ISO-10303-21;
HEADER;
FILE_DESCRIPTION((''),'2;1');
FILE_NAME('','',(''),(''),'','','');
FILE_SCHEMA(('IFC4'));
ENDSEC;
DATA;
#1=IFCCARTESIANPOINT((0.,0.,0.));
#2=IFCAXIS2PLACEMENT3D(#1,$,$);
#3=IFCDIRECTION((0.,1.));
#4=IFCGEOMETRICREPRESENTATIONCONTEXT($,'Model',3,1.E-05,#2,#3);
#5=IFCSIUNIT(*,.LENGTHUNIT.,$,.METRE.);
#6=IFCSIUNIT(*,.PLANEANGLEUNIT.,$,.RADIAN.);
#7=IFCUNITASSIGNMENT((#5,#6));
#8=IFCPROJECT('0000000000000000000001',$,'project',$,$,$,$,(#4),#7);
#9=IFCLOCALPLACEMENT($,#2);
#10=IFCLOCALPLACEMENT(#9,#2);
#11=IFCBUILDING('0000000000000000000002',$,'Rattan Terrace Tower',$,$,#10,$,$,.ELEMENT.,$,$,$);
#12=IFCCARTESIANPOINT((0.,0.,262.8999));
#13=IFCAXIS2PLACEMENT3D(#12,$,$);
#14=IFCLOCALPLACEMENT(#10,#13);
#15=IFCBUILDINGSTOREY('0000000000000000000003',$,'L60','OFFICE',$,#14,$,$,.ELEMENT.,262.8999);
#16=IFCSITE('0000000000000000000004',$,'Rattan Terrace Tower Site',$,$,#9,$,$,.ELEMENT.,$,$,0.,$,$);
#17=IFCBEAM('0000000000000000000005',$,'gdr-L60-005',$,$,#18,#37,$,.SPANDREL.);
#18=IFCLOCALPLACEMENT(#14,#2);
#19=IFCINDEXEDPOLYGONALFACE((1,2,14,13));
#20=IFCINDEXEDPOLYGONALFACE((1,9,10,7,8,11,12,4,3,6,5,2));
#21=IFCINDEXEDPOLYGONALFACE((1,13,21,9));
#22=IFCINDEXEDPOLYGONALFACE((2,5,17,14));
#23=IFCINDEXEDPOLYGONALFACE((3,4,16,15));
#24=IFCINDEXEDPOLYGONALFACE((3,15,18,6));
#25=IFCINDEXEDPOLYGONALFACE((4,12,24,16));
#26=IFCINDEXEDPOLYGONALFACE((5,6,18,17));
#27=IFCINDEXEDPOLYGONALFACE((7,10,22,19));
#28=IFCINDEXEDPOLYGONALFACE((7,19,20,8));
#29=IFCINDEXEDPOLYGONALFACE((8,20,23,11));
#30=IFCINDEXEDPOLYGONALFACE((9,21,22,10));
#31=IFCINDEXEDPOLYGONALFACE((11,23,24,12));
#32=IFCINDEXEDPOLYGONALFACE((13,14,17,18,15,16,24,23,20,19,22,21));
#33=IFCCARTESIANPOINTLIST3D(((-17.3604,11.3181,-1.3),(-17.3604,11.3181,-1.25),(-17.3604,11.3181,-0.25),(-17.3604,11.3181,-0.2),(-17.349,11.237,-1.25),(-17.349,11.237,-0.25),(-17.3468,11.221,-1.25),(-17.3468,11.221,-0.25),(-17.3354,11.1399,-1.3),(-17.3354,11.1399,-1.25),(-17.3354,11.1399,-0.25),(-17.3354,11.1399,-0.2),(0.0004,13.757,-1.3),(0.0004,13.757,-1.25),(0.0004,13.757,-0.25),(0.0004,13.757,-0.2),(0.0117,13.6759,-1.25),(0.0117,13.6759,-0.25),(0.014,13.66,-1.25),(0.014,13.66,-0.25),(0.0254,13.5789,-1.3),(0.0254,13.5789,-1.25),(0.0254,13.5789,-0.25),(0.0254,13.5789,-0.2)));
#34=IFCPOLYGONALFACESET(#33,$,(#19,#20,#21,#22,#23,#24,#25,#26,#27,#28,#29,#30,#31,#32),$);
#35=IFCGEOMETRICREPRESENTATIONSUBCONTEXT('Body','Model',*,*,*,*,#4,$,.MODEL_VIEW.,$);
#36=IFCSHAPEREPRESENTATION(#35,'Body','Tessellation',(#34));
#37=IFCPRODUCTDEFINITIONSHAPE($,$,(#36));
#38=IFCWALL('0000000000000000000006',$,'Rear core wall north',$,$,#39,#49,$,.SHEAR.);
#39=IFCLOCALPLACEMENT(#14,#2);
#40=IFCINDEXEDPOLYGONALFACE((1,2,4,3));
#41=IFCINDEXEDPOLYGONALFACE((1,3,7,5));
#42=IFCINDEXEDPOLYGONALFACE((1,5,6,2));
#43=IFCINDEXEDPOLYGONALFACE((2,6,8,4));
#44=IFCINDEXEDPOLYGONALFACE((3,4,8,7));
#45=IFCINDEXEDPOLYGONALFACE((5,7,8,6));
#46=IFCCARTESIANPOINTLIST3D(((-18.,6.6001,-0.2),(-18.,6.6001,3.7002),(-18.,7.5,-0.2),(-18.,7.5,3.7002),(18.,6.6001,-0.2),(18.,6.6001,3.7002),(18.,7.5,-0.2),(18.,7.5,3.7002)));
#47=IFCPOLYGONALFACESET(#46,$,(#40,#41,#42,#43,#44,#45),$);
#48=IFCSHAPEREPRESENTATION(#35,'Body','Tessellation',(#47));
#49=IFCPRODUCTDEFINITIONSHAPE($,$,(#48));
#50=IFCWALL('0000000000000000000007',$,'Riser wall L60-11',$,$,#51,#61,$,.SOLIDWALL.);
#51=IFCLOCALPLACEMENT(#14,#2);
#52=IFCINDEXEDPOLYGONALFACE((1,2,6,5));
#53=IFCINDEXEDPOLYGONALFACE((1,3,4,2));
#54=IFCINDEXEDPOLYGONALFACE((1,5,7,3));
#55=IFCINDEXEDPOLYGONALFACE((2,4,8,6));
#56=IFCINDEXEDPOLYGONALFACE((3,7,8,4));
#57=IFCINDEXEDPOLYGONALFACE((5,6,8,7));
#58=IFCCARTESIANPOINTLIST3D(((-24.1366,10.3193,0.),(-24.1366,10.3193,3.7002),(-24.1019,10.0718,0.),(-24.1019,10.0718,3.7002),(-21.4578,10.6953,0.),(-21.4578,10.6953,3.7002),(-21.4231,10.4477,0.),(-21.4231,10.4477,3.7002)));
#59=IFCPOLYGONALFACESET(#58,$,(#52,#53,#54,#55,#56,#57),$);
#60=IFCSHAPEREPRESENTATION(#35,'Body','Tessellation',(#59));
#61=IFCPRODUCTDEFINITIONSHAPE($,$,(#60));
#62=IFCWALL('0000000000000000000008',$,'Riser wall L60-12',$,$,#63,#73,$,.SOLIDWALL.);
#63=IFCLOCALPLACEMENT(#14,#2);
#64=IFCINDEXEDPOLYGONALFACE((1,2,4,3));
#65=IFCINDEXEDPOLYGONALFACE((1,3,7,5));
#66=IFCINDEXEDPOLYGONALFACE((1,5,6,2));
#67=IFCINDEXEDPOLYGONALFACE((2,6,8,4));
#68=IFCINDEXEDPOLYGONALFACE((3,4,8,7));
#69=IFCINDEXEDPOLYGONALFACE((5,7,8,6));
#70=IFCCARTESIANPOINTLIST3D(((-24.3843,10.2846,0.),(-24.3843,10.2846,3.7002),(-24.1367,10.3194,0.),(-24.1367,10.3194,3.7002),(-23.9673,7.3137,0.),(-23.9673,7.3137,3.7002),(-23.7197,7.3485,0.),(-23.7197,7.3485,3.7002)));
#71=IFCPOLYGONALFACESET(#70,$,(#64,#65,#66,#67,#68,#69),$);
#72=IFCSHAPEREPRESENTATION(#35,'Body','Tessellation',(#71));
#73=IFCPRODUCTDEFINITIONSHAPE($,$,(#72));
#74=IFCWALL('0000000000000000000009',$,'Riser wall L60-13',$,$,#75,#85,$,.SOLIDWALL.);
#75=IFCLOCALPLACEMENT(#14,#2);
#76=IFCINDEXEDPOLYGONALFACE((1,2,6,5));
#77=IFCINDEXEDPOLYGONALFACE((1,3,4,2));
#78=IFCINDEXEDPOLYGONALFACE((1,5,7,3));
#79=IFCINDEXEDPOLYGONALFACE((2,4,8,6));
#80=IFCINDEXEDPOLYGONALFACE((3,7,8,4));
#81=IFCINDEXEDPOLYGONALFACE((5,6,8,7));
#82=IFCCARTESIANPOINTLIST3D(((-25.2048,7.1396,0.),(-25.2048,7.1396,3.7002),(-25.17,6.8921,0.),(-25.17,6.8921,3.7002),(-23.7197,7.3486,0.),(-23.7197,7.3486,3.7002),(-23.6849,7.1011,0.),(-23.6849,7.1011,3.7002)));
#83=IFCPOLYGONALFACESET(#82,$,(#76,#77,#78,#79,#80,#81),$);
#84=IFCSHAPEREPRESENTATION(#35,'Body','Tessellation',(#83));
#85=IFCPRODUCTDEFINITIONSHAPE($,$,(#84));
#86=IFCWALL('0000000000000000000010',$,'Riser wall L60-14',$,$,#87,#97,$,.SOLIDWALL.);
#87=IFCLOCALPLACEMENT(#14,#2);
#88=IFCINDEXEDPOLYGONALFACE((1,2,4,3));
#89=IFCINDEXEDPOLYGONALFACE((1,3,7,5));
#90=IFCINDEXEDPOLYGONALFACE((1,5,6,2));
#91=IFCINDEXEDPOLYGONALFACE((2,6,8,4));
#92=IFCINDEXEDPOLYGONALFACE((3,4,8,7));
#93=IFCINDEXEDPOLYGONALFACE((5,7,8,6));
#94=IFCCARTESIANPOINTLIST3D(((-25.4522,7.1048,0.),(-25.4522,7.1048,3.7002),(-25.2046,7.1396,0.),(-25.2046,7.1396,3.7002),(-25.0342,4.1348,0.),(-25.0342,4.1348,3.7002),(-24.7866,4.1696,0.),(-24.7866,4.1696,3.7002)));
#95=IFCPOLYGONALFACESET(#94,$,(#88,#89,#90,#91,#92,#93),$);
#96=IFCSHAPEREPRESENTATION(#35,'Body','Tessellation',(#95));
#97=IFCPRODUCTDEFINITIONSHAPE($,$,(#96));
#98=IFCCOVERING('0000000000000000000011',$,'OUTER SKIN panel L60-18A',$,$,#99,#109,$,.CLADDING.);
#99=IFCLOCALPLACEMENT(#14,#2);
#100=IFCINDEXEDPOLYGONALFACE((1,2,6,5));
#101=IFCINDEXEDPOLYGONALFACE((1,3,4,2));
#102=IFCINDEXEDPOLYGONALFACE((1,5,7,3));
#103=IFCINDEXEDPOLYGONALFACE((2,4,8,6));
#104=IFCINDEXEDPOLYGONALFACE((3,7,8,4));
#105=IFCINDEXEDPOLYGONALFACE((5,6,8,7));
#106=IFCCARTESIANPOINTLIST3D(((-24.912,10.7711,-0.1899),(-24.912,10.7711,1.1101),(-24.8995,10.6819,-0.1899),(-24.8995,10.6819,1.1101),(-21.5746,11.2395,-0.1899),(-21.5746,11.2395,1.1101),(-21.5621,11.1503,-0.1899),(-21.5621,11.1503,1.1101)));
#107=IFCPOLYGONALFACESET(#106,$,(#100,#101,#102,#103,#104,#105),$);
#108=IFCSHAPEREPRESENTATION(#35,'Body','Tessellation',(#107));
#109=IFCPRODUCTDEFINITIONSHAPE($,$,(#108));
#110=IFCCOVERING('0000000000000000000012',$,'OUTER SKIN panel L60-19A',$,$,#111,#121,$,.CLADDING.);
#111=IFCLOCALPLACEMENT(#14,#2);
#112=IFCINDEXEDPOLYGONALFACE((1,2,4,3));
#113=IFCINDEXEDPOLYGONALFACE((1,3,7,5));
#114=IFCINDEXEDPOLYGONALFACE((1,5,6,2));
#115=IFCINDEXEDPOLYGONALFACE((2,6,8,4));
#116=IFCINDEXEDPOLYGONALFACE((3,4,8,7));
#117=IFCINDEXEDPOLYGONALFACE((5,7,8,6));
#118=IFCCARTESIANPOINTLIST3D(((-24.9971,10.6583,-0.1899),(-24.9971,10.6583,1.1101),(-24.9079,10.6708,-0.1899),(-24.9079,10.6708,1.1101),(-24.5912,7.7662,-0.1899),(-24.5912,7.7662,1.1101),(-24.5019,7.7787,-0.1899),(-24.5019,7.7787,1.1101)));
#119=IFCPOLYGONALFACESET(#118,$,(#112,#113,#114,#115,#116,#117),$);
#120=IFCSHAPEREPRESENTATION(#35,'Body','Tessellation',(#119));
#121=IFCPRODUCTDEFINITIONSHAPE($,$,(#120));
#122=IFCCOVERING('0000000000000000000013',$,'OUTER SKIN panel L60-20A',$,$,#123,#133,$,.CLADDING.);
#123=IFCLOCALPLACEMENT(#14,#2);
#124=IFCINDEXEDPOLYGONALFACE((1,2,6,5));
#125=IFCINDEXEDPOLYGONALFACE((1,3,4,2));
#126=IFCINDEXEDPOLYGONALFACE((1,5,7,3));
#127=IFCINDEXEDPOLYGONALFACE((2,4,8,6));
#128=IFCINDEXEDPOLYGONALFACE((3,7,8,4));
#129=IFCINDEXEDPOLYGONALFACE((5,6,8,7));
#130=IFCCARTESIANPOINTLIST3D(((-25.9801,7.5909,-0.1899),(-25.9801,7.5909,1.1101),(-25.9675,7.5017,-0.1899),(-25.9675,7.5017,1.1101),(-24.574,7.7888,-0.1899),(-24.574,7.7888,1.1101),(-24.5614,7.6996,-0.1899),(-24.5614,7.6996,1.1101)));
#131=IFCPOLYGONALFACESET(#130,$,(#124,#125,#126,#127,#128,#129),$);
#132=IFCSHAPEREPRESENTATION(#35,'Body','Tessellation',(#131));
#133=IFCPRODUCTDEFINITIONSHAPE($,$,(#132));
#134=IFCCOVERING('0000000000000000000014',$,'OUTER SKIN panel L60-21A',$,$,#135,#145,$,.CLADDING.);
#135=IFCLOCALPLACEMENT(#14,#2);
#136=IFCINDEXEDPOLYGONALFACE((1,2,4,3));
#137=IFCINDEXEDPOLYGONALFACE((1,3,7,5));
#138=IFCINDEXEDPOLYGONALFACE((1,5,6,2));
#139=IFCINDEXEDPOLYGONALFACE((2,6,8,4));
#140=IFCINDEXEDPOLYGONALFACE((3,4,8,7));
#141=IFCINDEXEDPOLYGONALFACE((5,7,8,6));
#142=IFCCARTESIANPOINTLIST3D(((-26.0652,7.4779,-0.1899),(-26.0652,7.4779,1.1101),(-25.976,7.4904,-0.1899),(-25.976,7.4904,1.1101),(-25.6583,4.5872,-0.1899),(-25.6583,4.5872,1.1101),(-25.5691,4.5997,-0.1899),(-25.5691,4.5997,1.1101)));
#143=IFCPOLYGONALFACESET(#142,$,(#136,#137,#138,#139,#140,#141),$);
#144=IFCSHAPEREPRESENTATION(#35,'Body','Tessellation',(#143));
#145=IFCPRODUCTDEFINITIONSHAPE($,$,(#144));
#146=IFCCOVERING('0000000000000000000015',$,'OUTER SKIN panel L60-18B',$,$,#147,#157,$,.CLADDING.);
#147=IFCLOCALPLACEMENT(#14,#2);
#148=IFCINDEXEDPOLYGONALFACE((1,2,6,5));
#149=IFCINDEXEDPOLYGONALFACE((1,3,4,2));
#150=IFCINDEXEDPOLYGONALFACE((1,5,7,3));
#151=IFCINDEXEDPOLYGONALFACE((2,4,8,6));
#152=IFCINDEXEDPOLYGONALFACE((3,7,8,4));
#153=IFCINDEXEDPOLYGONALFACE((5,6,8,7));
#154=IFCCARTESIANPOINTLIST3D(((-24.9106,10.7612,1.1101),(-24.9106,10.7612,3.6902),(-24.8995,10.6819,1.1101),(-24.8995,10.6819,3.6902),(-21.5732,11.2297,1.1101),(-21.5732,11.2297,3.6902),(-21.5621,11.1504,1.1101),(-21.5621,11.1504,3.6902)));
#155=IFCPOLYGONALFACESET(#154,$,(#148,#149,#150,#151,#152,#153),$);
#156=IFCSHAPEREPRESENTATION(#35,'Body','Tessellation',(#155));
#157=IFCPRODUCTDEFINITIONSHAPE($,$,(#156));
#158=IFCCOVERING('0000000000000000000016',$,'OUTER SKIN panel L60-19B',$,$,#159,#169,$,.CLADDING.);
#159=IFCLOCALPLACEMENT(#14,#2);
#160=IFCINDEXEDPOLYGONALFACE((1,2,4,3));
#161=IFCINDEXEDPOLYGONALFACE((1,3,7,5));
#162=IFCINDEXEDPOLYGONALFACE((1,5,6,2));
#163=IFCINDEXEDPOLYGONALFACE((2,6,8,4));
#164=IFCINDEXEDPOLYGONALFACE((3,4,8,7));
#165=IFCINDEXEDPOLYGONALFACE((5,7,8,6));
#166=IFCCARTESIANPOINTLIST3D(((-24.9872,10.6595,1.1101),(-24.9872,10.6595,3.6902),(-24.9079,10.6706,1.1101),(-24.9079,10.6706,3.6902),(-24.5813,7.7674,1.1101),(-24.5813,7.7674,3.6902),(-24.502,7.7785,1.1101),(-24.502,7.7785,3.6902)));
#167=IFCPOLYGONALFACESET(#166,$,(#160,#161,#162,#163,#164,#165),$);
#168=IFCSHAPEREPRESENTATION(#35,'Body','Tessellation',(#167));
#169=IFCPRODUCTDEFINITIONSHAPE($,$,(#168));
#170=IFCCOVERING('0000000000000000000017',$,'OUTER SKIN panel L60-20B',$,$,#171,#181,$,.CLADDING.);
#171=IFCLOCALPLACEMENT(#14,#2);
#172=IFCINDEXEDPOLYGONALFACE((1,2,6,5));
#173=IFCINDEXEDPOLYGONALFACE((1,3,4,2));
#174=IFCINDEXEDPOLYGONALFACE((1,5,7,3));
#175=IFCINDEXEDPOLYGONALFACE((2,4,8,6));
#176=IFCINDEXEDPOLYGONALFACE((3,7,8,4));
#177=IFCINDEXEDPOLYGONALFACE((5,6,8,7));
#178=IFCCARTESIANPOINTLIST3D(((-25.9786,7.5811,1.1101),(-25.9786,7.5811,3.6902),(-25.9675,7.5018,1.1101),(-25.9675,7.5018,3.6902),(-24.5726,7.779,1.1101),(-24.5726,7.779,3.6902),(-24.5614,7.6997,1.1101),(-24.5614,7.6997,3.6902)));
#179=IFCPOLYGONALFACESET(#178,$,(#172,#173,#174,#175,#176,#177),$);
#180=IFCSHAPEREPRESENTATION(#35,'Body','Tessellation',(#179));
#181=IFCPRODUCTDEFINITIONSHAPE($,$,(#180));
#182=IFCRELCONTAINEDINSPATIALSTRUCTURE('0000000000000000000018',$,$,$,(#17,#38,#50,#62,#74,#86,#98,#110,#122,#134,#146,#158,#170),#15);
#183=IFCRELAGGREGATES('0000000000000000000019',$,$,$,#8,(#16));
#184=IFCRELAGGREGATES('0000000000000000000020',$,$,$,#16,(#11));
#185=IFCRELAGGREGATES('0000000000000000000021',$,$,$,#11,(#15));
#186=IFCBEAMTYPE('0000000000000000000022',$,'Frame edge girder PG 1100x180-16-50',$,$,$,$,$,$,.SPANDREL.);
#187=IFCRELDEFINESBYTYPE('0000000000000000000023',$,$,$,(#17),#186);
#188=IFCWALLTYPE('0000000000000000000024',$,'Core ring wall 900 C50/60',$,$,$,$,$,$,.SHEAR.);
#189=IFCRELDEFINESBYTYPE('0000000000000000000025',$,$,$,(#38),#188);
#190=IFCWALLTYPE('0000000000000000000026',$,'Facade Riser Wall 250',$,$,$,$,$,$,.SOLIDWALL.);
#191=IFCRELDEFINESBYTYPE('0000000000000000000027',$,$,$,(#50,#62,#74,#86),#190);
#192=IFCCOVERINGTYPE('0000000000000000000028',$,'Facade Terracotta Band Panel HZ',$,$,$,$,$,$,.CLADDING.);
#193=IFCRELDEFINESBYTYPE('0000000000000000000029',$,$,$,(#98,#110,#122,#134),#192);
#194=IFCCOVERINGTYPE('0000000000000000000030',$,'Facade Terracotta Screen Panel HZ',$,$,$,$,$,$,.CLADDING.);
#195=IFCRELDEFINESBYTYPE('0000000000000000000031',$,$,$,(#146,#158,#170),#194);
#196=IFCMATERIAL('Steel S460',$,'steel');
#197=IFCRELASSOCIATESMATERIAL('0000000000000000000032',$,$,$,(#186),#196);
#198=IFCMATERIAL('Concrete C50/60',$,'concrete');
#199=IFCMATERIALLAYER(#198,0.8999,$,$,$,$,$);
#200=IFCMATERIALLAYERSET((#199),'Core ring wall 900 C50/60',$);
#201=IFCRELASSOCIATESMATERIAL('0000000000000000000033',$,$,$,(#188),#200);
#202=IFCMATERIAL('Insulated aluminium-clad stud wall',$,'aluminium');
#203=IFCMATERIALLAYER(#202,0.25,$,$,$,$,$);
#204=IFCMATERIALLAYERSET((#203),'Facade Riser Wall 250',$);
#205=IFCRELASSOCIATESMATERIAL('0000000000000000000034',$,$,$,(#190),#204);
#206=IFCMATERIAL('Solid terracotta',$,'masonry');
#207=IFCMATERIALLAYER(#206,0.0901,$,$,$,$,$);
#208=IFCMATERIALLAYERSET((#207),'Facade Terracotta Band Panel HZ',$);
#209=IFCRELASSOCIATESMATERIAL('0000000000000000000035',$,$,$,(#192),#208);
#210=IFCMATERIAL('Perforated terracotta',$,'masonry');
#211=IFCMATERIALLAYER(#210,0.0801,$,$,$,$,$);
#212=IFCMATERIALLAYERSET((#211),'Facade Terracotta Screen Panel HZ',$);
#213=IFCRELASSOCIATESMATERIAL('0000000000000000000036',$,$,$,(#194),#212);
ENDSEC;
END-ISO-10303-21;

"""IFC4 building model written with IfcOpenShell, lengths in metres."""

from ifc_helpers import new_model, si_unit, direction, frame, frame_2d, origin, origin_2d, place, context, subcontext, project, spatial, rectangle, i_section, extrude, material, layer, layer_set, material_profile, profile_set, type_object, element, save


model = new_model("IFC4")

# Units and contexts
model_context = context("Model", 3, precision=1e-05, world=origin(), true_north=direction((0.0, 1.0)))
body_context = subcontext(model_context, "Body", "Model", "MODEL_VIEW")
ifc_project = project(units=[si_unit("LENGTHUNIT", "METRE"), si_unit("PLANEANGLEUNIT", "RADIAN")], contexts=[model_context])

# Site, building, storey
site_placement = place(None, origin())
site = spatial("IfcSite", under=ifc_project, at=site_placement, Name="Rattan Terrace Tower Site", CompositionType="ELEMENT", RefElevation=0.0)
building_placement = place(site_placement, origin())
building = spatial("IfcBuilding", under=site, at=building_placement, Name="Rattan Terrace Tower", CompositionType="ELEMENT")
storey_placement = place(building_placement, frame((0.0, 0.0, 262.8999)))
storey = spatial("IfcBuildingStorey", under=building, at=storey_placement, Name="L60", Description="OFFICE", CompositionType="ELEMENT", Elevation=262.8999)

# Beam
ifc_material_1 = material(Name="Steel S460", Category="steel")
ifc_material_profile = material_profile(ifc_material_1, i_section(OverallWidth=0.1799, OverallDepth=1.1001, WebThickness=0.0161, FlangeThickness=0.05, at=origin_2d()), Name="PG 1100x180-16-50")
ifc_profile_set = profile_set([ifc_material_profile], Name="Steel S460")
beam_type = type_object("IfcBeamType", Name="Frame edge girder PG 1100x180-16-50", PredefinedType="SPANDREL", material=ifc_profile_set)
beam_placement = place(storey_placement, frame((-17.3479, 11.229, -0.75), z_axis=(0.990275, 0.13912, 0.0), x_axis=(-0.13912, 0.990275, 0.0)))
element("IfcBeam", 1, at=beam_placement, inside=storey, type_object=beam_type, Name="gdr-L60-005", PredefinedType="SPANDREL", context=body_context, shape_type="SweptSolid", body=[
    extrude(i_section(OverallWidth=0.1799, OverallDepth=1.1001, WebThickness=0.0161, FlangeThickness=0.05, at=origin_2d()), origin(), (0.0, 0.0, 1.0), 17.5312),
])

# Walls
ifc_material_2 = material(Name="Concrete C50/60", Category="concrete")
ifc_layer_1 = layer(ifc_material_2, 0.8999)
ifc_layer_set_1 = layer_set([ifc_layer_1], Name="Core ring wall 900 C50/60")
wall_type_1 = type_object("IfcWallType", Name="Core ring wall 900 C50/60", PredefinedType="SHEAR", material=ifc_layer_set_1)
wall_1_placement = place(storey_placement, frame((-18.0, 7.05, -0.2), z_axis=(0.0, 0.0, 1.0), x_axis=(1.0, 0.0, 0.0)))
element("IfcWall", 2, at=wall_1_placement, inside=storey, type_object=wall_type_1, Name="Rear core wall north", PredefinedType="SHEAR", context=body_context, shape_type="SweptSolid", body=[
    extrude(rectangle(XDim=36.0, YDim=0.8999, at=frame_2d((18.0, 0.0))), origin(), (0.0, 0.0, 1.0), 3.9001),
])
ifc_material_3 = material(Name="Insulated aluminium-clad stud wall", Category="aluminium")
ifc_layer_2 = layer(ifc_material_3, 0.25)
ifc_layer_set_2 = layer_set([ifc_layer_2], Name="Facade Riser Wall 250")
wall_type_2 = type_object("IfcWallType", Name="Facade Riser Wall 250", PredefinedType="SOLIDWALL", material=ifc_layer_set_2)
wall_2_placement = place(storey_placement, frame((-21.4404, 10.5715, 0.0), z_axis=(0.0, 0.0, 1.0), x_axis=(-0.990293, -0.138995, 0.0)))
element("IfcWall", 3, at=wall_2_placement, inside=storey, type_object=wall_type_2, Name="Riser wall L60-11", PredefinedType="SOLIDWALL", context=body_context, shape_type="SweptSolid", body=[
    extrude(rectangle(XDim=2.7051, YDim=0.25, at=frame_2d((1.3525, 0.0))), origin(), (0.0, 0.0, 1.0), 3.7002),
])
wall_3_placement = place(storey_placement, frame((-24.2605, 10.302, 0.0), z_axis=(0.0, 0.0, 1.0), x_axis=(0.138994, -0.990293, 0.0)))
element("IfcWall", 4, at=wall_3_placement, inside=storey, type_object=wall_type_2, Name="Riser wall L60-12", PredefinedType="SOLIDWALL", context=body_context, shape_type="SweptSolid", body=[
    extrude(rectangle(XDim=3.0, YDim=0.25, at=frame_2d((1.5, 0.0))), origin(), (0.0, 0.0, 1.0), 3.7002),
])
wall_4_placement = place(storey_placement, frame((-23.7021, 7.2249, 0.0), z_axis=(0.0, 0.0, 1.0), x_axis=(-0.990244, -0.139347, 0.0)))
element("IfcWall", 5, at=wall_4_placement, inside=storey, type_object=wall_type_2, Name="Riser wall L60-13", PredefinedType="SOLIDWALL", context=body_context, shape_type="SweptSolid", body=[
    extrude(rectangle(XDim=1.4998, YDim=0.25, at=frame_2d((0.75, 0.0))), origin(), (0.0, 0.0, 1.0), 3.7002),
])
wall_5_placement = place(storey_placement, frame((-25.3284, 7.1221, 0.0), z_axis=(0.0, 0.0, 1.0), x_axis=(0.139358, -0.990242, 0.0)))
element("IfcWall", 6, at=wall_5_placement, inside=storey, type_object=wall_type_2, Name="Riser wall L60-14", PredefinedType="SOLIDWALL", context=body_context, shape_type="SweptSolid", body=[
    extrude(rectangle(XDim=2.9993, YDim=0.25, at=frame_2d((1.4995, 0.0))), origin(), (0.0, 0.0, 1.0), 3.7002),
])

# Coverings
ifc_material_4 = material(Name="Solid terracotta", Category="masonry")
ifc_layer_3 = layer(ifc_material_4, 0.0901)
ifc_layer_set_3 = layer_set([ifc_layer_3], Name="Facade Terracotta Band Panel HZ")
covering_type_1 = type_object("IfcCoveringType", Name="Facade Terracotta Band Panel HZ", PredefinedType="CLADDING", material=ifc_layer_set_3)
covering_1_placement = place(storey_placement, frame((-23.2371, 10.9607, -0.1899), z_axis=(0.0, 0.0, 1.0), x_axis=(-0.990293, -0.138994, 0.0)))
element("IfcCovering", 7, at=covering_1_placement, inside=storey, type_object=covering_type_1, Name="OUTER SKIN panel L60-18A", PredefinedType="CLADDING", context=body_context, shape_type="SweptSolid", body=[
    extrude(rectangle(XDim=3.3701, YDim=0.0901, at=origin_2d()), origin(), (0.0, 0.0, 1.0), 1.3),
])
covering_2_placement = place(storey_placement, frame((-24.7495, 9.2185, -0.1899), z_axis=(0.0, 0.0, 1.0), x_axis=(0.138994, -0.990293, 0.0)))
element("IfcCovering", 8, at=covering_2_placement, inside=storey, type_object=covering_type_1, Name="OUTER SKIN panel L60-19A", PredefinedType="CLADDING", context=body_context, shape_type="SweptSolid", body=[
    extrude(rectangle(XDim=2.9204, YDim=0.0901, at=origin_2d()), origin(), (0.0, 0.0, 1.0), 1.3),
])
covering_3_placement = place(storey_placement, frame((-25.2708, 7.6453, -0.1899), z_axis=(0.0, 0.0, 1.0), x_axis=(-0.990241, -0.139367, 0.0)))
element("IfcCovering", 9, at=covering_3_placement, inside=storey, type_object=covering_type_1, Name="OUTER SKIN panel L60-20A", PredefinedType="CLADDING", context=body_context, shape_type="SweptSolid", body=[
    extrude(rectangle(XDim=1.4199, YDim=0.0901, at=origin_2d()), origin(), (0.0, 0.0, 1.0), 1.3),
])
covering_4_placement = place(storey_placement, frame((-25.8171, 6.0388, -0.1899), z_axis=(0.0, 0.0, 1.0), x_axis=(0.139367, -0.990241, 0.0)))
element("IfcCovering", 10, at=covering_4_placement, inside=storey, type_object=covering_type_1, Name="OUTER SKIN panel L60-21A", PredefinedType="CLADDING", context=body_context, shape_type="SweptSolid", body=[
    extrude(rectangle(XDim=2.9192, YDim=0.0901, at=origin_2d()), origin(), (0.0, 0.0, 1.0), 1.3),
])
ifc_material_5 = material(Name="Perforated terracotta", Category="masonry")
ifc_layer_4 = layer(ifc_material_5, 0.0801)
ifc_layer_set_4 = layer_set([ifc_layer_4], Name="Facade Terracotta Screen Panel HZ")
covering_type_2 = type_object("IfcCoveringType", Name="Facade Terracotta Screen Panel HZ", PredefinedType="CLADDING", material=ifc_layer_set_4)
covering_5_placement = place(storey_placement, frame((-23.2363, 10.9558, 1.1101), z_axis=(0.0, 0.0, 1.0), x_axis=(-0.990293, -0.138994, 0.0)))
element("IfcCovering", 11, at=covering_5_placement, inside=storey, type_object=covering_type_2, Name="OUTER SKIN panel L60-18B", PredefinedType="CLADDING", context=body_context, shape_type="SweptSolid", body=[
    extrude(rectangle(XDim=3.3701, YDim=0.0801, at=origin_2d()), origin(), (0.0, 0.0, 1.0), 2.5801),
])
covering_6_placement = place(storey_placement, frame((-24.7446, 9.219, 1.1101), z_axis=(0.0, 0.0, 1.0), x_axis=(0.138994, -0.990293, 0.0)))
element("IfcCovering", 12, at=covering_6_placement, inside=storey, type_object=covering_type_2, Name="OUTER SKIN panel L60-19B", PredefinedType="CLADDING", context=body_context, shape_type="SweptSolid", body=[
    extrude(rectangle(XDim=2.9204, YDim=0.0801, at=origin_2d()), origin(), (0.0, 0.0, 1.0), 2.5801),
])
covering_7_placement = place(storey_placement, frame((-25.27, 7.6404, 1.1101), z_axis=(0.0, 0.0, 1.0), x_axis=(-0.990241, -0.139367, 0.0)))
element("IfcCovering", 13, at=covering_7_placement, inside=storey, type_object=covering_type_2, Name="OUTER SKIN panel L60-20B", PredefinedType="CLADDING", context=body_context, shape_type="SweptSolid", body=[
    extrude(rectangle(XDim=1.4199, YDim=0.0801, at=origin_2d()), origin(), (0.0, 0.0, 1.0), 2.5801),
])

save(model, "model.ifc")
